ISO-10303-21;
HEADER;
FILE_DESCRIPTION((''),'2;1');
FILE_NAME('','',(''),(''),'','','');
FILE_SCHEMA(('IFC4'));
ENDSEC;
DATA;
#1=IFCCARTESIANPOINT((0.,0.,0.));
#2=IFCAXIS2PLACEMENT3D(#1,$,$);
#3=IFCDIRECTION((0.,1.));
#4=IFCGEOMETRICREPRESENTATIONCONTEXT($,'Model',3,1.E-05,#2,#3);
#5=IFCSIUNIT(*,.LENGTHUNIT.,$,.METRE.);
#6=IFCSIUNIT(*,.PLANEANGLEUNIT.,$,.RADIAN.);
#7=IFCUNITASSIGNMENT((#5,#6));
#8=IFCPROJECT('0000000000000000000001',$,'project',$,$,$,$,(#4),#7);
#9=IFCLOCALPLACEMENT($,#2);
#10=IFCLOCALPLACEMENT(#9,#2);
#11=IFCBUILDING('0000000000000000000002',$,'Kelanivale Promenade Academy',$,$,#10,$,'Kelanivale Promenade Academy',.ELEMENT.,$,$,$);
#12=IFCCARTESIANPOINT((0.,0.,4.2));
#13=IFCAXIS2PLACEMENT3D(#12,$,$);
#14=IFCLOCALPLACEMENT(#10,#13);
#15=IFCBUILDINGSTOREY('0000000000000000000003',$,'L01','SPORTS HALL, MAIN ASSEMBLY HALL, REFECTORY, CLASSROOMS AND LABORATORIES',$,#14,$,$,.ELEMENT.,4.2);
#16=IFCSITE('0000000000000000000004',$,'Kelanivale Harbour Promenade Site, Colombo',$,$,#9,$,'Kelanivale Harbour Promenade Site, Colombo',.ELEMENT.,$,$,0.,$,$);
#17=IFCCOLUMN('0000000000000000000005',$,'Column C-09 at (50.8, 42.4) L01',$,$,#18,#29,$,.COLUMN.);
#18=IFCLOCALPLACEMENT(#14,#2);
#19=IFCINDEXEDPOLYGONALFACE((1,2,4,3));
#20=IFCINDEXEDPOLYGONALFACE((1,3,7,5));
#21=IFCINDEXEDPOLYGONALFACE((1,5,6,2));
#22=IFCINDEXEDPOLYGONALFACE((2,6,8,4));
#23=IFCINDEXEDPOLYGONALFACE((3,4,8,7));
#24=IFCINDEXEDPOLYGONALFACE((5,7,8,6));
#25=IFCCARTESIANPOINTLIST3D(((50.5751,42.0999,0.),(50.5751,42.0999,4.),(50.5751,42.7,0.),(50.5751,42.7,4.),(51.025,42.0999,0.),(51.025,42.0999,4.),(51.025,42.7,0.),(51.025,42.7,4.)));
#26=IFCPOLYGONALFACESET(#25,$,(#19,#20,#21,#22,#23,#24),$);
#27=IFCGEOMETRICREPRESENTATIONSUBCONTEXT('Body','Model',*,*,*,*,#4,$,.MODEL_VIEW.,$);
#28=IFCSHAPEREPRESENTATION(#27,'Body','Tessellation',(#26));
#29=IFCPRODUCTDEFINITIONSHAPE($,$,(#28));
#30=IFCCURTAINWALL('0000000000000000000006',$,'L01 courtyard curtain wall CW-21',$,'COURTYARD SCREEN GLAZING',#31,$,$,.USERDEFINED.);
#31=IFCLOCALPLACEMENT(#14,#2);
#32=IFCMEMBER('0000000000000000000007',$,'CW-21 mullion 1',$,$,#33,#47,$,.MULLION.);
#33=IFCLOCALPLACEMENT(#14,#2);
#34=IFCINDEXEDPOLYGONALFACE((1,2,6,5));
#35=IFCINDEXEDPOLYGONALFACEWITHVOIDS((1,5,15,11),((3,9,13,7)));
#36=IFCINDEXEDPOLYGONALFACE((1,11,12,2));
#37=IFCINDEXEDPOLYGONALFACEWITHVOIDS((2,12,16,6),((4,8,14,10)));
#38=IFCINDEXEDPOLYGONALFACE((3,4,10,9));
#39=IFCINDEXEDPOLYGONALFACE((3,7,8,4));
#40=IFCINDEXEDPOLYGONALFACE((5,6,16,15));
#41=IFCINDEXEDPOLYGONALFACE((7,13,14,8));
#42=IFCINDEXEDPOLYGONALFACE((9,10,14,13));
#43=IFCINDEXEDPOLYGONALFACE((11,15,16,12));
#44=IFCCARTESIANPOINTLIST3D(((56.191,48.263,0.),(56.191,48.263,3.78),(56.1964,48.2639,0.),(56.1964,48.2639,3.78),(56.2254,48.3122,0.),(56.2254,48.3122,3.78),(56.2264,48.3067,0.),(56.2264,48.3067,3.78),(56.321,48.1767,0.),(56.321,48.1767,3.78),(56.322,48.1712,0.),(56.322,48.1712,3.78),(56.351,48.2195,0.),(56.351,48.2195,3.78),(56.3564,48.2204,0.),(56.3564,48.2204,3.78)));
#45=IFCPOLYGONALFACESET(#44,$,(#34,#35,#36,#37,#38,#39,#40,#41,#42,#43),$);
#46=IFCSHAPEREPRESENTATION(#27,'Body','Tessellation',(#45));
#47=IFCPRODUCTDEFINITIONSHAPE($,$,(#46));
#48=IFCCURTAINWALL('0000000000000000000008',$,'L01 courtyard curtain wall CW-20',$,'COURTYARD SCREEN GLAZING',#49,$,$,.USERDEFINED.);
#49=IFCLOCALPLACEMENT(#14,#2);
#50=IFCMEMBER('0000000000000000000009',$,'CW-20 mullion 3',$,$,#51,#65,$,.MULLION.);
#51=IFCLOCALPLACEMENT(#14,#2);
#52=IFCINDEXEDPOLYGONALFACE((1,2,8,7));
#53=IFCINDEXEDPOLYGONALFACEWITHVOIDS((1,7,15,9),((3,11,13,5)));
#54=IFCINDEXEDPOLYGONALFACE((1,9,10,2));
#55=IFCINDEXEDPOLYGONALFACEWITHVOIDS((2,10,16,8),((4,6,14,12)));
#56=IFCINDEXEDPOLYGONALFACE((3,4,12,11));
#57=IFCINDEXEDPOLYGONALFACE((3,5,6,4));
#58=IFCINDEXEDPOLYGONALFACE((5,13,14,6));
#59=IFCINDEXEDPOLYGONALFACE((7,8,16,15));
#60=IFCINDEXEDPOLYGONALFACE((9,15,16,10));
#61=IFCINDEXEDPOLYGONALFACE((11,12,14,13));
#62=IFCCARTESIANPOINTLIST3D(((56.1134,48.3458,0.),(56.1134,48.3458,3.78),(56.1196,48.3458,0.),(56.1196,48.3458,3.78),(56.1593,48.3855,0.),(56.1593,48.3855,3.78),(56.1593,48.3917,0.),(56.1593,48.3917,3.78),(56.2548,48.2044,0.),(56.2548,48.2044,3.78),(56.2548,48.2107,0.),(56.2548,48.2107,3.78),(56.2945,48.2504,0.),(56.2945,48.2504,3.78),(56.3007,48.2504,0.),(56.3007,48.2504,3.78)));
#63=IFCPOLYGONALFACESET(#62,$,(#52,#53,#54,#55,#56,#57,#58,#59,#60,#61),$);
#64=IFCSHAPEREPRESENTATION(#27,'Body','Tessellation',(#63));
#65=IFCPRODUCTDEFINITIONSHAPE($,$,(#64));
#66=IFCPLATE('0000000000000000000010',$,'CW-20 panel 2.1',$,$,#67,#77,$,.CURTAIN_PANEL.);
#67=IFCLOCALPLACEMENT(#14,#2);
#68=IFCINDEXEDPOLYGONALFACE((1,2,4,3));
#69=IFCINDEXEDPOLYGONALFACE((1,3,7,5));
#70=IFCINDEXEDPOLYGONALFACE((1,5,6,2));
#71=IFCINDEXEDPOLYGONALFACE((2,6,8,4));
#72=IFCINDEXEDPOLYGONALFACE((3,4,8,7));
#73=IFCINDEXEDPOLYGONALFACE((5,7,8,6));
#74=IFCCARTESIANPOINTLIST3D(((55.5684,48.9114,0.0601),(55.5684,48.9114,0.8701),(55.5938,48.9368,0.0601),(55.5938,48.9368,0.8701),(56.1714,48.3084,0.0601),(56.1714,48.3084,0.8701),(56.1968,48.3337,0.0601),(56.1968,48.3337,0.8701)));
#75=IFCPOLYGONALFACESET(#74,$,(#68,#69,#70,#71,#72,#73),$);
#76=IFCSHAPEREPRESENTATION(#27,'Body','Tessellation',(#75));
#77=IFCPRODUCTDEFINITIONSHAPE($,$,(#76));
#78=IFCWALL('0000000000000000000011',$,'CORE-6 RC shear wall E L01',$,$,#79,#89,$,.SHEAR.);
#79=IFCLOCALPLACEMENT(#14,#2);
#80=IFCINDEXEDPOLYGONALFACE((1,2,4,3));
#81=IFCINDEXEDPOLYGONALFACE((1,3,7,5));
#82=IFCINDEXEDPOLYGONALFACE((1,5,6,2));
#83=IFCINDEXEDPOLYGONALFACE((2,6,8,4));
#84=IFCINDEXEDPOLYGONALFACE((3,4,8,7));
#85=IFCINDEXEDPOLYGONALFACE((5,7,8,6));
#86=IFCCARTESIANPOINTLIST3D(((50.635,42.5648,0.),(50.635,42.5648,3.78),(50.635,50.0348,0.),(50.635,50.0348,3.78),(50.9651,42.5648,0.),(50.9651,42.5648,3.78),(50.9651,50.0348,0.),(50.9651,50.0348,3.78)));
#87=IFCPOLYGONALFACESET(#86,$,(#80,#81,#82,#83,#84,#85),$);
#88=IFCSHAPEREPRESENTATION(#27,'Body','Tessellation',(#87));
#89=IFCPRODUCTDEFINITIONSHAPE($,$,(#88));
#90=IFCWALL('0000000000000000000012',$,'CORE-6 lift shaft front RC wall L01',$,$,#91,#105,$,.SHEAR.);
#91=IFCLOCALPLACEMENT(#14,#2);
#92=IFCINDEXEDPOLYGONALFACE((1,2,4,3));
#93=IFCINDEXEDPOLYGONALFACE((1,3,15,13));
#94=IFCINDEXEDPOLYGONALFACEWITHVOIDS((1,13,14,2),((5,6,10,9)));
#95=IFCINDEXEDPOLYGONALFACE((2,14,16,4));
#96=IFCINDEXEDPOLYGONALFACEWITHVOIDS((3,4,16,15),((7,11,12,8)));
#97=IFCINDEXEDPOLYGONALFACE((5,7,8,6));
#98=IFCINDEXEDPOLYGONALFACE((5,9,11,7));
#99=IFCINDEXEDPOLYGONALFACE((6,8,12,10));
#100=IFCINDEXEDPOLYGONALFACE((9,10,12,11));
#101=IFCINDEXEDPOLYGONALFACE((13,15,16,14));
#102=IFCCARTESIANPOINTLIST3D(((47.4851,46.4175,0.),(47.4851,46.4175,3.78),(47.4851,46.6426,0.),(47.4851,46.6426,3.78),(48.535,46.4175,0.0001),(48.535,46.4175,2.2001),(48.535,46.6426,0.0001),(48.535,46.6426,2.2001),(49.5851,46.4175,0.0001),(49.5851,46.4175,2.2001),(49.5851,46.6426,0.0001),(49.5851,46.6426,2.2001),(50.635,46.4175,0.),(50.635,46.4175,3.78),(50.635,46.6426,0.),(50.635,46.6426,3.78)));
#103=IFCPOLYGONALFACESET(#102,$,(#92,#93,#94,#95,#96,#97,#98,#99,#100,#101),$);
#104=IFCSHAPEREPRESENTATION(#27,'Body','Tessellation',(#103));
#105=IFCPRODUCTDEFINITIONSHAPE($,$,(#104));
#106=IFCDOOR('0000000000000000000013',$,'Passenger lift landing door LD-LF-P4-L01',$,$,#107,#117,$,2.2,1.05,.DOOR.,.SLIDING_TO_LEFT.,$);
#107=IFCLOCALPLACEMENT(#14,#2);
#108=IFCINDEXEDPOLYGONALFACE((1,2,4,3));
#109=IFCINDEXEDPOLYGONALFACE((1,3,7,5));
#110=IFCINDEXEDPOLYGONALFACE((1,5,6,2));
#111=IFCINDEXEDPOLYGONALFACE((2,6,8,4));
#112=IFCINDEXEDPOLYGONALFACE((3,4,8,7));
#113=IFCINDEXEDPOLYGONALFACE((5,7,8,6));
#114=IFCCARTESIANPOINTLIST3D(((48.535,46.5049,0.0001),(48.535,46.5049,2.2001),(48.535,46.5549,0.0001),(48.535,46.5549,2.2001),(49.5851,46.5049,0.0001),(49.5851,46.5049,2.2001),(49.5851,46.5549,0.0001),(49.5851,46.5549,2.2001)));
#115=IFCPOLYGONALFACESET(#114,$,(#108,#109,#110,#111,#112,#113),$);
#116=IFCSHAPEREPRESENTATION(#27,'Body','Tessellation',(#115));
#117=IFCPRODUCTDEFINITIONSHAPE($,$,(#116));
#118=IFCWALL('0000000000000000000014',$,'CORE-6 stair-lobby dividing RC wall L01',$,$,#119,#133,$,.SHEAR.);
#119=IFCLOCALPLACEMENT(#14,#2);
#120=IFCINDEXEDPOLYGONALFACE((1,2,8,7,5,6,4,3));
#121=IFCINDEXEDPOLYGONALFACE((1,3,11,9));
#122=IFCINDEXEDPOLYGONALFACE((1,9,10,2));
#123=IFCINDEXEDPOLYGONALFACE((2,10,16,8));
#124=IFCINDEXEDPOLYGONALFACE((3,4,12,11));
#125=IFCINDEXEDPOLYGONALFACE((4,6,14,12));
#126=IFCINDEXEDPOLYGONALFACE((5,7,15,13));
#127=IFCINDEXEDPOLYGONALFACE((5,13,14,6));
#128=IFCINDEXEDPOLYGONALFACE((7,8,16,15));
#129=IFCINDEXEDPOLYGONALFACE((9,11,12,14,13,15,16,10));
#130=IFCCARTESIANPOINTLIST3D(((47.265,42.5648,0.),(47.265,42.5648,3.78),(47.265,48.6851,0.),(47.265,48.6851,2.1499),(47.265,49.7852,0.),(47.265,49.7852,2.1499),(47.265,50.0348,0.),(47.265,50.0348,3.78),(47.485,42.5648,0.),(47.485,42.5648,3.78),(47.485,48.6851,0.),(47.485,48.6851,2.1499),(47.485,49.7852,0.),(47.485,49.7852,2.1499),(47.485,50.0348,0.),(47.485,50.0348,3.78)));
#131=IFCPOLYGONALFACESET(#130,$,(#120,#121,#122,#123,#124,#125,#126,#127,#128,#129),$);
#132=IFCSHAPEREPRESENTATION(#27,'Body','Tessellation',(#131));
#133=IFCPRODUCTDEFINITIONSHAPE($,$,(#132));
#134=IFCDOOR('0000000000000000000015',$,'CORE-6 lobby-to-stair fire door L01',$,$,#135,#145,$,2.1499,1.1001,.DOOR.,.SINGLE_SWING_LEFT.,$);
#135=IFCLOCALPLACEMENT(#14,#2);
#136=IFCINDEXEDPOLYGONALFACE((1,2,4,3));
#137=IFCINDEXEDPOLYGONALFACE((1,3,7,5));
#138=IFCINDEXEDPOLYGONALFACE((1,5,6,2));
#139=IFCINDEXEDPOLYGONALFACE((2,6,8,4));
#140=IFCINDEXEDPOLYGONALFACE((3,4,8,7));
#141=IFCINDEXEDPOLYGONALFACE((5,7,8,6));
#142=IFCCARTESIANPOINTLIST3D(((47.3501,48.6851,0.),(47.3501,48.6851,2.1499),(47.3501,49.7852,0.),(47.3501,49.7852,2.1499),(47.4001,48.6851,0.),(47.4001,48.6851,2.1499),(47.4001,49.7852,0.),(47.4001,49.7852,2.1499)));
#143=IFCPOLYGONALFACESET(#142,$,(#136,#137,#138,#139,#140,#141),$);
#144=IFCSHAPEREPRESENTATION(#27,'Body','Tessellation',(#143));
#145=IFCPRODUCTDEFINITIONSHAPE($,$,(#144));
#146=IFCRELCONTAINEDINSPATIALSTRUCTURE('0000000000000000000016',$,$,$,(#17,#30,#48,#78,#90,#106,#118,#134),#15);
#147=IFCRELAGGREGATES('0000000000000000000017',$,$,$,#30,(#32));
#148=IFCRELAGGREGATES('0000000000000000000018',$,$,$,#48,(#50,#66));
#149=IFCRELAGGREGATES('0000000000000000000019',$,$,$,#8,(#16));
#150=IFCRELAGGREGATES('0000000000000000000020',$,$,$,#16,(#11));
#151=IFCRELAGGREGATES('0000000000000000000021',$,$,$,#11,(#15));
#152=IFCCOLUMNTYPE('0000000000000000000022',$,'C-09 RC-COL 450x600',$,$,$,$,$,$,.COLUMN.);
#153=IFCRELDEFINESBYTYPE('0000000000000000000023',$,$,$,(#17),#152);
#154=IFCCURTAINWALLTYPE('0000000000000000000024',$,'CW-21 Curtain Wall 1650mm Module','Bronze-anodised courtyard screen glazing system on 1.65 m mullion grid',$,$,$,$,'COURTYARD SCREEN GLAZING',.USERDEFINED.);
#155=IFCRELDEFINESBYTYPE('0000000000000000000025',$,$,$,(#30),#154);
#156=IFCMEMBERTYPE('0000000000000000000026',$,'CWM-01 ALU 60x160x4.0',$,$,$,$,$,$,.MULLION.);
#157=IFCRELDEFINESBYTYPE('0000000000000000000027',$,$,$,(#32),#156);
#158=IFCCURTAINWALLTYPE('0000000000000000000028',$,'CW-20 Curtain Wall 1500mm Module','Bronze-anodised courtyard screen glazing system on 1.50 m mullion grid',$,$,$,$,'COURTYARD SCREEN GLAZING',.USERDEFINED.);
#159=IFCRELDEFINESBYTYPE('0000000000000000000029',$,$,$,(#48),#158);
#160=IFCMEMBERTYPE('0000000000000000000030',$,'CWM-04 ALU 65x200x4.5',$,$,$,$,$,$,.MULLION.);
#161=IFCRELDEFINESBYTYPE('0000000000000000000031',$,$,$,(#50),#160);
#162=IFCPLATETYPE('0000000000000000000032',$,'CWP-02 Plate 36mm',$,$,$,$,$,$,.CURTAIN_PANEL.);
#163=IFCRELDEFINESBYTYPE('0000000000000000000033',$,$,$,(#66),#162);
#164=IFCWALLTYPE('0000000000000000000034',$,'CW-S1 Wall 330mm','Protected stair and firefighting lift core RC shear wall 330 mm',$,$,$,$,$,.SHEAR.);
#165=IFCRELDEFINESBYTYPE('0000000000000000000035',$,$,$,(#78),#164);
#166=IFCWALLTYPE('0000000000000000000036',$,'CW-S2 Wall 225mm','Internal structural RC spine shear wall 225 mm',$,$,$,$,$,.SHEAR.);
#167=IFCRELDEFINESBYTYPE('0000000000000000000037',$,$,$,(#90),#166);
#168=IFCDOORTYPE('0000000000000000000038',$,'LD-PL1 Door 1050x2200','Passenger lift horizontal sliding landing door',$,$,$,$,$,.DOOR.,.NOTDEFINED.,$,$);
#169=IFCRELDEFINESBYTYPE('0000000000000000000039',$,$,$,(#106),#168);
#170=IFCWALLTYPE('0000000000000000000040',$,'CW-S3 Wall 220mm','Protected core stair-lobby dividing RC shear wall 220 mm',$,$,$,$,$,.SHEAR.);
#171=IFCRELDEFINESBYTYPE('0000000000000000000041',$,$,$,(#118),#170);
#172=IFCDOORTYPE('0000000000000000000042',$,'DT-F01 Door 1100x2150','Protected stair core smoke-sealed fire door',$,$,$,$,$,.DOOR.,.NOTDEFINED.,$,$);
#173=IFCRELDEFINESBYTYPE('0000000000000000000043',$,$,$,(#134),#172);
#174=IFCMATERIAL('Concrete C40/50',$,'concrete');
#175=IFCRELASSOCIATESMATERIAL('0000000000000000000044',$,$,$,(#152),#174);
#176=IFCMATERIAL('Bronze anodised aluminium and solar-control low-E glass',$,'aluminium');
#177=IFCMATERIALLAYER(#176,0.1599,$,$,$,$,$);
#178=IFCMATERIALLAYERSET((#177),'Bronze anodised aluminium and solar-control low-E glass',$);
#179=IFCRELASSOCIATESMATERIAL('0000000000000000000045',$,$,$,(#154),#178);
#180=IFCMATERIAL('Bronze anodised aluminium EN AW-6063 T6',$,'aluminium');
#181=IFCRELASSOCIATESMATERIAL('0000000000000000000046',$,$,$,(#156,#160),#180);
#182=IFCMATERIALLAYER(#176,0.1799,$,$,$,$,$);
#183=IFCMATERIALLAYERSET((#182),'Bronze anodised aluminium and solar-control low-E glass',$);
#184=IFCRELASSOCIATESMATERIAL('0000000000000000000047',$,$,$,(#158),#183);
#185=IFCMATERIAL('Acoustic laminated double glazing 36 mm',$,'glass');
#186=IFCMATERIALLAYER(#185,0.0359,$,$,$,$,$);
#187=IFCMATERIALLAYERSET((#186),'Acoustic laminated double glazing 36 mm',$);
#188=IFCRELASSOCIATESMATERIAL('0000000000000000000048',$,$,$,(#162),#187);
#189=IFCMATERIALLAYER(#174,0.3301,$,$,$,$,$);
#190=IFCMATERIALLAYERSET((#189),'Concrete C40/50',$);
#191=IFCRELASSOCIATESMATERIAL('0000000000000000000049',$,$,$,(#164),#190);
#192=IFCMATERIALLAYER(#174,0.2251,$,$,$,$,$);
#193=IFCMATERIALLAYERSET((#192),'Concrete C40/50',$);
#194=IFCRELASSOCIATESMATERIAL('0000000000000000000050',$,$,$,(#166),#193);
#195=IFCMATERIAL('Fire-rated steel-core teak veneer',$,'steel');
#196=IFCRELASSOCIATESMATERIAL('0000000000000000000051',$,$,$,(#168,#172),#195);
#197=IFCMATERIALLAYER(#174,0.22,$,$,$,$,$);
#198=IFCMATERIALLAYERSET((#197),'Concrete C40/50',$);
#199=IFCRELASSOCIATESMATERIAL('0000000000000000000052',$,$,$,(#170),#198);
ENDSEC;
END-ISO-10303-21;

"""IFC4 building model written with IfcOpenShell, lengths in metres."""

from ifc_helpers import new_model, si_unit, direction, frame, frame_2d, origin, origin_2d, place, context, subcontext, project, spatial, rectangle, hollow_rectangle, extrude, material, layer, layer_set, material_profile, profile_set, type_object, element, fill, aggregate, save


model = new_model("IFC4")

# Units and contexts
model_context = context("Model", 3, precision=1e-05, world=origin(), true_north=direction((0.0, 1.0)))
body_context = subcontext(model_context, "Body", "Model", "MODEL_VIEW")
ifc_project = project(units=[si_unit("LENGTHUNIT", "METRE"), si_unit("PLANEANGLEUNIT", "RADIAN")], contexts=[model_context])

# Site, building, storey
site_placement = place(None, origin())
site = spatial("IfcSite", under=ifc_project, at=site_placement, Name="Kelanivale Harbour Promenade Site, Colombo", LongName="Kelanivale Harbour Promenade Site, Colombo", CompositionType="ELEMENT", RefElevation=0.0)
building_placement = place(site_placement, origin())
building = spatial("IfcBuilding", under=site, at=building_placement, Name="Kelanivale Promenade Academy", LongName="Kelanivale Promenade Academy", CompositionType="ELEMENT")
storey_placement = place(building_placement, frame((0.0, 0.0, 4.2)))
storey = spatial("IfcBuildingStorey", under=building, at=storey_placement, Name="L01", Description="SPORTS HALL, MAIN ASSEMBLY HALL, REFECTORY, CLASSROOMS AND LABORATORIES", CompositionType="ELEMENT", Elevation=4.2)

# Column
ifc_material_1 = material(Name="Concrete C40/50", Category="concrete")
ifc_material_profile_1 = material_profile(ifc_material_1, rectangle(XDim=0.45, YDim=0.6001, at=origin_2d()), Name="RC-COL 450x600")
ifc_profile_set_1 = profile_set([ifc_material_profile_1], Name="Concrete C40/50")
column_type = type_object("IfcColumnType", Name="C-09 RC-COL 450x600", PredefinedType="COLUMN", material=ifc_profile_set_1)
column_placement = place(storey_placement, frame((50.8, 42.3999, 0.0), z_axis=(0.0, 0.0, 1.0), x_axis=(1.0, 0.0, 0.0)))
element("IfcColumn", 1, at=column_placement, inside=storey, type_object=column_type, Name="Column C-09 at (50.8, 42.4) L01", PredefinedType="COLUMN", context=body_context, shape_type="SweptSolid", body=[
    extrude(rectangle(XDim=0.45, YDim=0.6001, at=origin_2d()), origin(), (0.0, 0.0, 1.0), 4.0),
])

# Curtain wall, member
ifc_material_2 = material(Name="Bronze anodised aluminium and solar-control low-E glass", Category="aluminium")
ifc_layer_1 = layer(ifc_material_2, 0.1599)
ifc_layer_set_1 = layer_set([ifc_layer_1], Name="Bronze anodised aluminium and solar-control low-E glass")
curtain_wall_type_1 = type_object("IfcCurtainWallType", Name="CW-21 Curtain Wall 1650mm Module", Description="Bronze-anodised courtyard screen glazing system on 1.65 m mullion grid", ElementType="COURTYARD SCREEN GLAZING", PredefinedType="USERDEFINED", material=ifc_layer_set_1)
curtain_wall_1_placement = place(storey_placement, origin())
curtain_wall_1 = element("IfcCurtainWall", 2, at=curtain_wall_1_placement, inside=storey, type_object=curtain_wall_type_1, Name="L01 courtyard curtain wall CW-21", ObjectType="COURTYARD SCREEN GLAZING", PredefinedType="USERDEFINED")
ifc_material_3 = material(Name="Bronze anodised aluminium EN AW-6063 T6", Category="aluminium")
ifc_material_profile_2 = material_profile(ifc_material_3, hollow_rectangle(XDim=0.0601, YDim=0.1599, WallThickness=0.0039, at=origin_2d()), Name="ALU 60x160x4.0")
ifc_profile_set_2 = profile_set([ifc_material_profile_2], Name="Bronze anodised aluminium EN AW-6063 T6")
member_type_1 = type_object("IfcMemberType", Name="CWM-01 ALU 60x160x4.0", PredefinedType="MULLION", material=ifc_profile_set_2)
member_1_placement = place(storey_placement, frame((56.2737, 48.2417, 0.0), z_axis=(0.0, 0.0, 1.0), x_axis=(0.573567, 0.819158, 0.0)))
member_1 = element("IfcMember", 3, at=member_1_placement, type_object=member_type_1, Name="CW-21 mullion 1", PredefinedType="MULLION", context=body_context, shape_type="SweptSolid", body=[
    extrude(hollow_rectangle(XDim=0.0601, YDim=0.1599, WallThickness=0.0039, at=origin_2d()), origin(), (0.0, 0.0, 1.0), 3.78),
])
aggregate(curtain_wall_1, [member_1])

# Curtain wall, member, plate
ifc_layer_2 = layer(ifc_material_2, 0.1799)
ifc_layer_set_2 = layer_set([ifc_layer_2], Name="Bronze anodised aluminium and solar-control low-E glass")
curtain_wall_type_2 = type_object("IfcCurtainWallType", Name="CW-20 Curtain Wall 1500mm Module", Description="Bronze-anodised courtyard screen glazing system on 1.50 m mullion grid", ElementType="COURTYARD SCREEN GLAZING", PredefinedType="USERDEFINED", material=ifc_layer_set_2)
curtain_wall_2_placement = place(storey_placement, origin())
curtain_wall_2 = element("IfcCurtainWall", 4, at=curtain_wall_2_placement, inside=storey, type_object=curtain_wall_type_2, Name="L01 courtyard curtain wall CW-20", ObjectType="COURTYARD SCREEN GLAZING", PredefinedType="USERDEFINED")
ifc_material_profile_3 = material_profile(ifc_material_3, hollow_rectangle(XDim=0.0649, YDim=0.2, WallThickness=0.0044, at=origin_2d()), Name="ALU 65x200x4.5")
ifc_profile_set_3 = profile_set([ifc_material_profile_3], Name="Bronze anodised aluminium EN AW-6063 T6")
member_type_2 = type_object("IfcMemberType", Name="CWM-04 ALU 65x200x4.5", PredefinedType="MULLION", material=ifc_profile_set_3)
member_2_placement = place(storey_placement, frame((56.207, 48.2981, 0.0), z_axis=(0.0, 0.0, 1.0), x_axis=(0.707107, 0.707107, 0.0)))
member_2 = element("IfcMember", 5, at=member_2_placement, type_object=member_type_2, Name="CW-20 mullion 3", PredefinedType="MULLION", context=body_context, shape_type="SweptSolid", body=[
    extrude(hollow_rectangle(XDim=0.0649, YDim=0.2, WallThickness=0.0044, at=origin_2d()), origin(), (0.0, 0.0, 1.0), 3.78),
])
ifc_material_4 = material(Name="Acoustic laminated double glazing 36 mm", Category="glass")
ifc_layer_3 = layer(ifc_material_4, 0.0359)
ifc_layer_set_3 = layer_set([ifc_layer_3], Name="Acoustic laminated double glazing 36 mm")
plate_type = type_object("IfcPlateType", Name="CWP-02 Plate 36mm", PredefinedType="CURTAIN_PANEL", material=ifc_layer_set_3)
plate_placement = place(storey_placement, frame((55.8826, 48.6226, 0.0601), z_axis=(0.0, 0.0, 1.0), x_axis=(0.707107, -0.707107, 0.0)))
plate = element("IfcPlate", 6, at=plate_placement, type_object=plate_type, Name="CW-20 panel 2.1", PredefinedType="CURTAIN_PANEL", context=body_context, shape_type="SweptSolid", body=[
    extrude(rectangle(XDim=0.8528, YDim=0.0359, at=origin_2d()), origin(), (0.0, 0.0, 1.0), 0.8101),
])
aggregate(curtain_wall_2, [member_2, plate])

# Wall
ifc_layer_4 = layer(ifc_material_1, 0.3301)
ifc_layer_set_4 = layer_set([ifc_layer_4], Name="Concrete C40/50")
wall_type_1 = type_object("IfcWallType", Name="CW-S1 Wall 330mm", Description="Protected stair and firefighting lift core RC shear wall 330 mm", PredefinedType="SHEAR", material=ifc_layer_set_4)
wall_1_placement = place(storey_placement, frame((50.8, 42.5649, 0.0), z_axis=(0.0, 0.0, 1.0), x_axis=(0.0, 1.0, 0.0)))
element("IfcWall", 7, at=wall_1_placement, inside=storey, type_object=wall_type_1, Name="CORE-6 RC shear wall E L01", PredefinedType="SHEAR", context=body_context, shape_type="SweptSolid", body=[
    extrude(rectangle(XDim=7.47, YDim=0.3301, at=frame_2d((3.7349, 0.0))), origin(), (0.0, 0.0, 1.0), 3.78),
])

# Walls, openings, doors
ifc_layer_5 = layer(ifc_material_1, 0.2251)
ifc_layer_set_5 = layer_set([ifc_layer_5], Name="Concrete C40/50")
wall_type_2 = type_object("IfcWallType", Name="CW-S2 Wall 225mm", Description="Internal structural RC spine shear wall 225 mm", PredefinedType="SHEAR", material=ifc_layer_set_5)
wall_2_placement = place(storey_placement, frame((47.4851, 46.53, 0.0), z_axis=(0.0, 0.0, 1.0), x_axis=(1.0, 0.0, 0.0)))
wall_2 = element("IfcWall", 8, at=wall_2_placement, inside=storey, type_object=wall_type_2, Name="CORE-6 lift shaft front RC wall L01", PredefinedType="SHEAR", context=body_context, shape_type="SweptSolid", body=[
    extrude(rectangle(XDim=3.1499, YDim=0.2251, at=frame_2d((1.575, 0.0))), origin(), (0.0, 0.0, 1.0), 3.78),
])
opening_1_placement = place(wall_2_placement, frame((1.05, 0.0, 0.0)))
opening_1 = element("IfcOpeningElement", 9, at=opening_1_placement, cuts=wall_2, PredefinedType="OPENING", context=body_context, shape_type="SweptSolid", body=[
    extrude(rectangle(XDim=1.05, YDim=2.2, at=frame_2d((0.5249, 1.1001))), frame((0.0, 0.1226, 0.0), z_axis=(0.0, -1.0, 0.0), x_axis=(1.0, 0.0, 0.0)), (0.0, 0.0, 1.0), 0.2451),
])
ifc_material_5 = material(Name="Fire-rated steel-core teak veneer", Category="steel")
door_type_1 = type_object("IfcDoorType", Name="LD-PL1 Door 1050x2200", Description="Passenger lift horizontal sliding landing door", OperationType="NOTDEFINED", PredefinedType="DOOR", material=ifc_material_5)
door_1_placement = place(opening_1_placement, origin())
door_1 = element("IfcDoor", 10, at=door_1_placement, inside=storey, type_object=door_type_1, Name="Passenger lift landing door LD-LF-P4-L01", OperationType="SLIDING_TO_LEFT", OverallHeight=2.2, OverallWidth=1.05, PredefinedType="DOOR", context=body_context, shape_type="SweptSolid", body=[
    extrude(rectangle(XDim=1.05, YDim=2.2, at=frame_2d((0.5249, 1.1001))), frame((0.0, 0.0249, 0.0), z_axis=(0.0, -1.0, 0.0), x_axis=(1.0, 0.0, 0.0)), (0.0, 0.0, 1.0), 0.05),
])
fill(opening_1, door_1)
ifc_layer_6 = layer(ifc_material_1, 0.22)
ifc_layer_set_6 = layer_set([ifc_layer_6], Name="Concrete C40/50")
wall_type_3 = type_object("IfcWallType", Name="CW-S3 Wall 220mm", Description="Protected core stair-lobby dividing RC shear wall 220 mm", PredefinedType="SHEAR", material=ifc_layer_set_6)
wall_3_placement = place(storey_placement, frame((47.375, 42.5649, 0.0), z_axis=(0.0, 0.0, 1.0), x_axis=(0.0, 1.0, 0.0)))
wall_3 = element("IfcWall", 11, at=wall_3_placement, inside=storey, type_object=wall_type_3, Name="CORE-6 stair-lobby dividing RC wall L01", PredefinedType="SHEAR", context=body_context, shape_type="SweptSolid", body=[
    extrude(rectangle(XDim=7.47, YDim=0.22, at=frame_2d((3.7349, 0.0))), origin(), (0.0, 0.0, 1.0), 3.78),
])
opening_2_placement = place(wall_3_placement, frame((6.1201, 0.0, 0.0)))
opening_2 = element("IfcOpeningElement", 12, at=opening_2_placement, cuts=wall_3, PredefinedType="OPENING", context=body_context, shape_type="SweptSolid", body=[
    extrude(rectangle(XDim=1.1001, YDim=2.1499, at=frame_2d((0.55, 1.075))), frame((0.0, 0.1201, 0.0), z_axis=(0.0, -1.0, 0.0), x_axis=(1.0, 0.0, 0.0)), (0.0, 0.0, 1.0), 0.24),
])
door_type_2 = type_object("IfcDoorType", Name="DT-F01 Door 1100x2150", Description="Protected stair core smoke-sealed fire door", OperationType="NOTDEFINED", PredefinedType="DOOR", material=ifc_material_5)
door_2_placement = place(opening_2_placement, origin())
door_2 = element("IfcDoor", 13, at=door_2_placement, inside=storey, type_object=door_type_2, Name="CORE-6 lobby-to-stair fire door L01", OperationType="SINGLE_SWING_LEFT", OverallHeight=2.1499, OverallWidth=1.1001, PredefinedType="DOOR", context=body_context, shape_type="SweptSolid", body=[
    extrude(rectangle(XDim=1.1001, YDim=2.1499, at=frame_2d((0.55, 1.075))), frame((0.0, 0.0249, 0.0), z_axis=(0.0, -1.0, 0.0), x_axis=(1.0, 0.0, 0.0)), (0.0, 0.0, 1.0), 0.05),
])
fill(opening_2, door_2)

save(model, "model.ifc")
